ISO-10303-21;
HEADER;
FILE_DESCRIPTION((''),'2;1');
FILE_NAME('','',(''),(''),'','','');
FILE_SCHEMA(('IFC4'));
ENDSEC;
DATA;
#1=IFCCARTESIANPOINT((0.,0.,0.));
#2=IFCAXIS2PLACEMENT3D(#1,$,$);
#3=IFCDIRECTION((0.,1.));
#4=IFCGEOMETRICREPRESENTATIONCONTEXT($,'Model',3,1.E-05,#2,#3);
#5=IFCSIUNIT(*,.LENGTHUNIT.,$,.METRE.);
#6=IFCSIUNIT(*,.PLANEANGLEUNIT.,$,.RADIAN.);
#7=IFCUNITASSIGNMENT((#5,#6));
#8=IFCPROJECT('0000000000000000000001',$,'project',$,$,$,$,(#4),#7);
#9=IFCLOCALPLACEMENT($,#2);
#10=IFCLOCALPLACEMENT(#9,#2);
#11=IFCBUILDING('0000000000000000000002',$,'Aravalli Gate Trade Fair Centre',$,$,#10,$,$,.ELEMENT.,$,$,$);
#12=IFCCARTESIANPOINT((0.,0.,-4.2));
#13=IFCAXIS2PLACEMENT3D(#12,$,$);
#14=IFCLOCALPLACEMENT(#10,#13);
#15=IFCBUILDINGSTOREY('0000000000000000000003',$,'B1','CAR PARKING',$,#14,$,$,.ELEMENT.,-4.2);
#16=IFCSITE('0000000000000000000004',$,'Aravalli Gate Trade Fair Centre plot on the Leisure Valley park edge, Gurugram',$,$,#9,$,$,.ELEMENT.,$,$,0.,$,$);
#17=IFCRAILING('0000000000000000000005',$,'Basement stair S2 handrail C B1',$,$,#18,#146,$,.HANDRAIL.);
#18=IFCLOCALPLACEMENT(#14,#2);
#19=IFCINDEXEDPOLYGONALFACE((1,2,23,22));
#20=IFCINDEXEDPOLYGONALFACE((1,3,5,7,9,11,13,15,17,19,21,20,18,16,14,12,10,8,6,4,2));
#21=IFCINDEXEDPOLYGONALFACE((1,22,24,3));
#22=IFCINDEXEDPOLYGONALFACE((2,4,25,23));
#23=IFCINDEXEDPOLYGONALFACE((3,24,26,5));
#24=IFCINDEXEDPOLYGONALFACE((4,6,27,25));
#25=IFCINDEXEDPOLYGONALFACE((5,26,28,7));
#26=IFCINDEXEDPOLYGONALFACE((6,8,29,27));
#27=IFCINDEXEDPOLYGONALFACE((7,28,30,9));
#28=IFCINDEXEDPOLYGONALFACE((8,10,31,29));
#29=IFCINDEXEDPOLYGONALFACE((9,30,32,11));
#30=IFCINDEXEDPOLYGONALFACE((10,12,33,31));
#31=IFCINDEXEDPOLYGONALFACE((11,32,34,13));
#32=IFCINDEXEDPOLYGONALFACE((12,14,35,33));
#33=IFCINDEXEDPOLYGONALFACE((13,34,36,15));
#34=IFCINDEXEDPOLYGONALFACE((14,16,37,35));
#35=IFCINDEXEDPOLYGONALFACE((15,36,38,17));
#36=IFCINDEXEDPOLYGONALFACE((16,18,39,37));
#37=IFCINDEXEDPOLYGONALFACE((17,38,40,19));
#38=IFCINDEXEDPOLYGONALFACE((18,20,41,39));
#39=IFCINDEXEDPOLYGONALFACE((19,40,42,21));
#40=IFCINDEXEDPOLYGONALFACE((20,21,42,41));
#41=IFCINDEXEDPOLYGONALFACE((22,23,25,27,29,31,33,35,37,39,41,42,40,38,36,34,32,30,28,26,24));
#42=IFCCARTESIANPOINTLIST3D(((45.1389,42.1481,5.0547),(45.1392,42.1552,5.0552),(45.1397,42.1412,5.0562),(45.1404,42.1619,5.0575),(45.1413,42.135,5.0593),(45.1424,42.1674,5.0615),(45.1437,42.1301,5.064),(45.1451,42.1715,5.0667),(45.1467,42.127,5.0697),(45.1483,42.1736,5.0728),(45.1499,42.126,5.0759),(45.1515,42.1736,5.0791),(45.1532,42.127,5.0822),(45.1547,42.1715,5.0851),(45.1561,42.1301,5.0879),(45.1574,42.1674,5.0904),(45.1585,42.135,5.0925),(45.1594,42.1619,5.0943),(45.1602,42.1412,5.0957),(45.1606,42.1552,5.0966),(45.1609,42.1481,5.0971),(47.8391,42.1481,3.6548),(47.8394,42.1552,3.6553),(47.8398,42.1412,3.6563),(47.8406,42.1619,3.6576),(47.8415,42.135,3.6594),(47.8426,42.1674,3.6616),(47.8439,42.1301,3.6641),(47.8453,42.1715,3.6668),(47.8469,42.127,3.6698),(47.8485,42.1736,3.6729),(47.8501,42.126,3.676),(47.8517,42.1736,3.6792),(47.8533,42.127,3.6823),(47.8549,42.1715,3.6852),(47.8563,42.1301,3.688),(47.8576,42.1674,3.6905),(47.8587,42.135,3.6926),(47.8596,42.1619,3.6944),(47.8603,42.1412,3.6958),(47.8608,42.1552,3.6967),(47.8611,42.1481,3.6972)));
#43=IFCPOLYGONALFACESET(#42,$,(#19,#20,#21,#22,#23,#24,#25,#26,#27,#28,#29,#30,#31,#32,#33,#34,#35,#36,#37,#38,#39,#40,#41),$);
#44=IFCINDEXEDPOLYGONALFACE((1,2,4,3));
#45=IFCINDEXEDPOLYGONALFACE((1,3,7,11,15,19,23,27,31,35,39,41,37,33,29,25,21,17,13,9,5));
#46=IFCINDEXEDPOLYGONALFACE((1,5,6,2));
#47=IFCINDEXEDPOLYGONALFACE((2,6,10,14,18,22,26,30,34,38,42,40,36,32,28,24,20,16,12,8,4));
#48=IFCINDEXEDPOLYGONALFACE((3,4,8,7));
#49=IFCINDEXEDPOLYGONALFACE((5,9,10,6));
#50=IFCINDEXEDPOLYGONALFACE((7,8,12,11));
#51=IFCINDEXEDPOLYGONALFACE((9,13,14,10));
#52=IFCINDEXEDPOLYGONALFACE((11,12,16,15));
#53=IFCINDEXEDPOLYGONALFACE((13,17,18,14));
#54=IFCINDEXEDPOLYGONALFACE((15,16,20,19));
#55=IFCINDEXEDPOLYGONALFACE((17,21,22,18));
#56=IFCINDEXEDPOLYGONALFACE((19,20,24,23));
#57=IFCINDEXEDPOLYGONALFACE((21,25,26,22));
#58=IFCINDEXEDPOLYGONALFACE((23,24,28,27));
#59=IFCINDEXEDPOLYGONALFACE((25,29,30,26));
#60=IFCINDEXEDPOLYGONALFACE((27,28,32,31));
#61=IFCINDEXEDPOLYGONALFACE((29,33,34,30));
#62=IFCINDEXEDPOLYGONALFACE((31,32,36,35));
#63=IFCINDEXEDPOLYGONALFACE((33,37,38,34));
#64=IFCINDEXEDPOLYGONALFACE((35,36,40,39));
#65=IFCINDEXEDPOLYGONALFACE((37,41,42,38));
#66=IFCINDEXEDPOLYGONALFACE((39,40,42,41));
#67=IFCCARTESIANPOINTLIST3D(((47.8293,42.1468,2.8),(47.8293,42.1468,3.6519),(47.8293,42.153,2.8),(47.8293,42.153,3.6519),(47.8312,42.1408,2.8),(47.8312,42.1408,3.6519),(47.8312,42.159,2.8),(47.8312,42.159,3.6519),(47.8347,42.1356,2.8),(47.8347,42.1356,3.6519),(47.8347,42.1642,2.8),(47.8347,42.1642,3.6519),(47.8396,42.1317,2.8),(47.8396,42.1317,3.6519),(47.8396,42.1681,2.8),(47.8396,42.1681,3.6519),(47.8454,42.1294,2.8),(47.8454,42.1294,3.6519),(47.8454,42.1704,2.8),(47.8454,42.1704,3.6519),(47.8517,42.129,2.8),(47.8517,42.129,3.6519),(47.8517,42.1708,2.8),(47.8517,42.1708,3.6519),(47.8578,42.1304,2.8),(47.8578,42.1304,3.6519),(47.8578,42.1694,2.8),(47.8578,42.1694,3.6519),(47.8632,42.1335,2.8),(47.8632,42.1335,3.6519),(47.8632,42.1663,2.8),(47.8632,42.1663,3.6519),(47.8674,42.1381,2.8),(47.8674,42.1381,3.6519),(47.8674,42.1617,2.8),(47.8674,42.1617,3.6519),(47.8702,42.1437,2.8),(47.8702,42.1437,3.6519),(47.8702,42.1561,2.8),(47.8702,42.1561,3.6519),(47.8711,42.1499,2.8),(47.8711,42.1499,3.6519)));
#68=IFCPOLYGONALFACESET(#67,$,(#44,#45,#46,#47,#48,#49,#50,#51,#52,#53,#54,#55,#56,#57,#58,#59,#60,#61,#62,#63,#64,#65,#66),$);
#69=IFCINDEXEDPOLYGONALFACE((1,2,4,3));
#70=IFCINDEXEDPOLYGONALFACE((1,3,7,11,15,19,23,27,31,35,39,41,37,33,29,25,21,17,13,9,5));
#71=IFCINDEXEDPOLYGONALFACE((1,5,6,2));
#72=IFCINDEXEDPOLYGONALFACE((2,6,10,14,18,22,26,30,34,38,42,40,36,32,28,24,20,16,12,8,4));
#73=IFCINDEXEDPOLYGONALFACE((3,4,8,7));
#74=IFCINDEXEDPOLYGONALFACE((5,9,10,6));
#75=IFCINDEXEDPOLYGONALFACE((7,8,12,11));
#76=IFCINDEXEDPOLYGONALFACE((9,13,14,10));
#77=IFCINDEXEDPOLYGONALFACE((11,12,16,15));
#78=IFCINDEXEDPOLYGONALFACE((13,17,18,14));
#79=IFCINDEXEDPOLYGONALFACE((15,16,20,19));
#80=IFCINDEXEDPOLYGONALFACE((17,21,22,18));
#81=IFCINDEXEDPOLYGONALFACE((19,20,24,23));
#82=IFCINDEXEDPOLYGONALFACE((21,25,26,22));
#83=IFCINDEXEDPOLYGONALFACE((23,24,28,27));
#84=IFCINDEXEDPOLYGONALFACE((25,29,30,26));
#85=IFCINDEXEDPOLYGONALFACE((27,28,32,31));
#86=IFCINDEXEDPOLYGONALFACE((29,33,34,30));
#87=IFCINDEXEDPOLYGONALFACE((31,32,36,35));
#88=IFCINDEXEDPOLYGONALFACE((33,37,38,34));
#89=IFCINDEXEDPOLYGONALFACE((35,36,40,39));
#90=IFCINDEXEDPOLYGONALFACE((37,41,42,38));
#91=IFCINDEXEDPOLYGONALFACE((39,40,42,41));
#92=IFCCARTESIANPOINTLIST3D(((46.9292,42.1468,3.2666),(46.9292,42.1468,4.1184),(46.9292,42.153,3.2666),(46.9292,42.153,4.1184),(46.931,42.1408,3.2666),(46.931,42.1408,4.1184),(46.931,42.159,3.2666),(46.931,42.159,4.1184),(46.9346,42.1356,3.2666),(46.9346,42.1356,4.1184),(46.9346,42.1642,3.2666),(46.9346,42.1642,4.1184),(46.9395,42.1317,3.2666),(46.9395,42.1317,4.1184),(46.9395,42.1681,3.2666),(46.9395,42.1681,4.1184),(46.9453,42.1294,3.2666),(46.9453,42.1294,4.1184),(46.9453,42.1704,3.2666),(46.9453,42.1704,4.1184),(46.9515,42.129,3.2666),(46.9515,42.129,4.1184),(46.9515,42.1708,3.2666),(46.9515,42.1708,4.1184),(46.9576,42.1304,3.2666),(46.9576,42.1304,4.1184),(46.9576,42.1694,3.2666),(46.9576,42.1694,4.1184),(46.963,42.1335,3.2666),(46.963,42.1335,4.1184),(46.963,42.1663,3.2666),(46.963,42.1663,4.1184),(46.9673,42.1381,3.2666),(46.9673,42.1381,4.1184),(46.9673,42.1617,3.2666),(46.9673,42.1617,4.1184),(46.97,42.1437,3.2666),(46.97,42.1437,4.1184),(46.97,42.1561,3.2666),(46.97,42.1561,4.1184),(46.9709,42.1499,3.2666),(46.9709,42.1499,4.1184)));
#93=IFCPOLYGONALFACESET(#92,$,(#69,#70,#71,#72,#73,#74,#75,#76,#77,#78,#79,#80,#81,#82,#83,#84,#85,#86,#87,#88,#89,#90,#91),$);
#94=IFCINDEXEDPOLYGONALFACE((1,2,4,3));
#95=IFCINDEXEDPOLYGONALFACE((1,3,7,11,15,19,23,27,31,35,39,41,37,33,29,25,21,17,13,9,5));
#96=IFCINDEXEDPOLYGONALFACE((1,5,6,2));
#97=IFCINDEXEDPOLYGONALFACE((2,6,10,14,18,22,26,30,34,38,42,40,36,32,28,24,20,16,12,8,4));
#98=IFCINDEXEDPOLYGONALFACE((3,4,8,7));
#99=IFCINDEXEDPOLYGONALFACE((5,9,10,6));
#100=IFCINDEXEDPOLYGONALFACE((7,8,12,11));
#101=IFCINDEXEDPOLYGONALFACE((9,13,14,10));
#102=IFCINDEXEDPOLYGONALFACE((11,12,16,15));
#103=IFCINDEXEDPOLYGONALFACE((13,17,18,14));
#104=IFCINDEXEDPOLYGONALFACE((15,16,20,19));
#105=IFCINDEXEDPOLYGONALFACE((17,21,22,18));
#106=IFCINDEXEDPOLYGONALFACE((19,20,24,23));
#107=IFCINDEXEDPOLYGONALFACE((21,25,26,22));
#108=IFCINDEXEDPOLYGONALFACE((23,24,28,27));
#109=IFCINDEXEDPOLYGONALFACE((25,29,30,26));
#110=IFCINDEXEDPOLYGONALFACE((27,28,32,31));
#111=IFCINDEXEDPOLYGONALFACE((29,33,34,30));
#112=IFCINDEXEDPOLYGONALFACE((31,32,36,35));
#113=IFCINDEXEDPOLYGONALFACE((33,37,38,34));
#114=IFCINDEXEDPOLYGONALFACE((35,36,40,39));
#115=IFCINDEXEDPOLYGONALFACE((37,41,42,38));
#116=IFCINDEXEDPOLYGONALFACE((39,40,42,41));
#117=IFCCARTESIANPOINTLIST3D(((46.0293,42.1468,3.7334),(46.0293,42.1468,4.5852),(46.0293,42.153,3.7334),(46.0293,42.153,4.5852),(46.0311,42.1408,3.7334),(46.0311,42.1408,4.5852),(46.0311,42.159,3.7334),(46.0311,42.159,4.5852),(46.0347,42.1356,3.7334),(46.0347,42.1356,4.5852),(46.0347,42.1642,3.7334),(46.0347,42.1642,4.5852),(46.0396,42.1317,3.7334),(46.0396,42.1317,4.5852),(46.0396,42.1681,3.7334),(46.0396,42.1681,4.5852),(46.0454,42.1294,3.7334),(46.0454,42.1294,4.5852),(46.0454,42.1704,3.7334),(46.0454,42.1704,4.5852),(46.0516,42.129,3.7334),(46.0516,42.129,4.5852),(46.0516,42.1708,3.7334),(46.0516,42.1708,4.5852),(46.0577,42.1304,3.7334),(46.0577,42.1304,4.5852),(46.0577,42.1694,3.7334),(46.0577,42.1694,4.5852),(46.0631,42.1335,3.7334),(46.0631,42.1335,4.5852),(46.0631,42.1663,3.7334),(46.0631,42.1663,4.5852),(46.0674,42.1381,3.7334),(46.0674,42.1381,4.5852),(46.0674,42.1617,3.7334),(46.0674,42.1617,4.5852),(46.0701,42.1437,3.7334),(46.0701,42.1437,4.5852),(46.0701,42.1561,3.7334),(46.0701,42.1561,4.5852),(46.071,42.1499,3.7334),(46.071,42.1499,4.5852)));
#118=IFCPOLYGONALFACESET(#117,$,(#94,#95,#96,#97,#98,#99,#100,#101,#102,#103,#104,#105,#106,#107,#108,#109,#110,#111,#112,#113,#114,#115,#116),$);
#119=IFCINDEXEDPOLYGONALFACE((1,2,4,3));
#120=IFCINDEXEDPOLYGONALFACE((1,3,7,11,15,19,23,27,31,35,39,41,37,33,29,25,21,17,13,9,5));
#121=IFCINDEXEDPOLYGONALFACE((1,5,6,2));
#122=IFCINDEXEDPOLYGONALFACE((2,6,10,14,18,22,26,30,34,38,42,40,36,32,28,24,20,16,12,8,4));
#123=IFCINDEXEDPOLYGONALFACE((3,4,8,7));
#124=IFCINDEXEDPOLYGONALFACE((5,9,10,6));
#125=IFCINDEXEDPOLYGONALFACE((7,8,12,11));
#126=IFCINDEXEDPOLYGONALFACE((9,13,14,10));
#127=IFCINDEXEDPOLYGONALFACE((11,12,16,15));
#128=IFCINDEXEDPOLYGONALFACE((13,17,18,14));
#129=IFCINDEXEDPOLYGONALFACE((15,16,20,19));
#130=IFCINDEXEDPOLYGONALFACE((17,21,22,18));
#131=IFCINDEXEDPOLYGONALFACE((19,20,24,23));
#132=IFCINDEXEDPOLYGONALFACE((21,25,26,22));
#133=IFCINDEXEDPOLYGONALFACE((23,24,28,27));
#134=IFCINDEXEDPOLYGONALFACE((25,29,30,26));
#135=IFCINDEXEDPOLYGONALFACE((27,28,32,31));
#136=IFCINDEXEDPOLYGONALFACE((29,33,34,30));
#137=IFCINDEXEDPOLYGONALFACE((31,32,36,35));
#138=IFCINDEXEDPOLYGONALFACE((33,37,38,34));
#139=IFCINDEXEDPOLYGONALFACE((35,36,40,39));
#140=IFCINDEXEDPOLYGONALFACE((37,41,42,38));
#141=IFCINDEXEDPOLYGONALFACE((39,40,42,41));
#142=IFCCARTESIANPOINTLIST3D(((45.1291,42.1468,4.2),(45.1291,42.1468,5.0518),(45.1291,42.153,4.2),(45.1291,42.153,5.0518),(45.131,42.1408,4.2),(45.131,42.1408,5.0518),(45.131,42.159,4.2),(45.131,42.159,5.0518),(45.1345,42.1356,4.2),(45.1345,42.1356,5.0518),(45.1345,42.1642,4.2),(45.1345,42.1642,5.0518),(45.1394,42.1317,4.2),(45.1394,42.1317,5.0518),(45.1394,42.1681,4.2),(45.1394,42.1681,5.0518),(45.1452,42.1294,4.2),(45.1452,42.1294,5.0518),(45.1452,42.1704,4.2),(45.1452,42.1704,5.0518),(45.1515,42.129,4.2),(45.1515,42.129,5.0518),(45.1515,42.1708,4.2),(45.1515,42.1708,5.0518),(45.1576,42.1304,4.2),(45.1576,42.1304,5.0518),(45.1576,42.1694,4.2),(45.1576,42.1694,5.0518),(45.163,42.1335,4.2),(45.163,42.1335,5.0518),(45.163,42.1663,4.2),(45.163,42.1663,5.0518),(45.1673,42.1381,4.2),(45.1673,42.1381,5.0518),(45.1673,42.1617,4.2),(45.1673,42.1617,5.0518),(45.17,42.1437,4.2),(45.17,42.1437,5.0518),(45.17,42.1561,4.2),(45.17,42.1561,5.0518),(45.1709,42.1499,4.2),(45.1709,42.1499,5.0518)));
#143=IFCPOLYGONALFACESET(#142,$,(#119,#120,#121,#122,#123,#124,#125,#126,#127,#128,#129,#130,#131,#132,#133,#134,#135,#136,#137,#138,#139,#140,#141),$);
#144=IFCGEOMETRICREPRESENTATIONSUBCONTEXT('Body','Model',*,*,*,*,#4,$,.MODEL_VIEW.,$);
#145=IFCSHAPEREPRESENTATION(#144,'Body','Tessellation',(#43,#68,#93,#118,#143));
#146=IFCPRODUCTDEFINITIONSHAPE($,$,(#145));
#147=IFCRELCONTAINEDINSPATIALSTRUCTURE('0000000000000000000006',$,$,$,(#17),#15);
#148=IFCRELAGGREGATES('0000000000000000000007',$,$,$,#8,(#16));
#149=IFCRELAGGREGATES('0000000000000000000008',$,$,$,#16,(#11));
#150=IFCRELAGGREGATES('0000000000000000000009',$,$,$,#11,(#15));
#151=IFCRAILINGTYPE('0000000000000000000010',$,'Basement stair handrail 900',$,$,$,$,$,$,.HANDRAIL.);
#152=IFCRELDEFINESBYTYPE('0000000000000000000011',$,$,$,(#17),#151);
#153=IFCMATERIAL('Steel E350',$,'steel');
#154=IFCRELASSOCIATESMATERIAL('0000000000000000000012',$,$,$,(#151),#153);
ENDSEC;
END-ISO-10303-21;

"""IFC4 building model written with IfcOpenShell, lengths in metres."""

from ifc_helpers import new_model, si_unit, direction, frame, origin, origin_2d, place, context, subcontext, project, spatial, circle, extrude, material, type_object, element, save


model = new_model("IFC4")

# Units and contexts
model_context = context("Model", 3, precision=1e-05, world=origin(), true_north=direction((0.0, 1.0)))
body_context = subcontext(model_context, "Body", "Model", "MODEL_VIEW")
ifc_project = project(units=[si_unit("LENGTHUNIT", "METRE"), si_unit("PLANEANGLEUNIT", "RADIAN")], contexts=[model_context])

# Site, building, storey
site_placement = place(None, origin())
site = spatial("IfcSite", under=ifc_project, at=site_placement, Name="Aravalli Gate Trade Fair Centre plot on the Leisure Valley park edge, Gurugram", CompositionType="ELEMENT", RefElevation=0.0)
building_placement = place(site_placement, origin())
building = spatial("IfcBuilding", under=site, at=building_placement, Name="Aravalli Gate Trade Fair Centre", CompositionType="ELEMENT")
storey_placement = place(building_placement, frame((0.0, 0.0, -4.2)))
storey = spatial("IfcBuildingStorey", under=building, at=storey_placement, Name="B1", Description="CAR PARKING", CompositionType="ELEMENT", Elevation=-4.2)

# Railing
ifc_material_1 = material(Name="Steel E350", Category="steel")
railing_type = type_object("IfcRailingType", Name="Basement stair handrail 900", PredefinedType="HANDRAIL", material=ifc_material_1)
for number, where, name in (
    (1, (47.8501, 42.1499, 2.8), "Basement stair S2 handrail C B1"),
):
    element("IfcRailing", number, at=place(storey_placement, frame(where)), inside=storey, type_object=railing_type, Name=name, PredefinedType="HANDRAIL", context=body_context, shape_type="SweptSolid", body=[
        extrude(circle(Radius=0.0239, at=origin_2d()), frame((0.0, 0.0, 0.876), z_axis=(-0.887781, 0.0, 0.460266), x_axis=(0.0, -1.0, 0.0)), (0.0, 0.0, 1.0), 3.0415),
        extrude(circle(Radius=0.021, at=origin_2d()), origin(), (0.0, 0.0, 1.0), 0.8518),
        extrude(circle(Radius=0.021, at=origin_2d()), frame((-0.9001, 0.0, 0.4666)), (0.0, 0.0, 1.0), 0.8518),
        extrude(circle(Radius=0.021, at=origin_2d()), frame((-1.8, 0.0, 0.9333)), (0.0, 0.0, 1.0), 0.8518),
        extrude(circle(Radius=0.021, at=origin_2d()), frame((-2.7002, 0.0, 1.3999)), (0.0, 0.0, 1.0), 0.8518),
    ])

save(model, "model.ifc")
